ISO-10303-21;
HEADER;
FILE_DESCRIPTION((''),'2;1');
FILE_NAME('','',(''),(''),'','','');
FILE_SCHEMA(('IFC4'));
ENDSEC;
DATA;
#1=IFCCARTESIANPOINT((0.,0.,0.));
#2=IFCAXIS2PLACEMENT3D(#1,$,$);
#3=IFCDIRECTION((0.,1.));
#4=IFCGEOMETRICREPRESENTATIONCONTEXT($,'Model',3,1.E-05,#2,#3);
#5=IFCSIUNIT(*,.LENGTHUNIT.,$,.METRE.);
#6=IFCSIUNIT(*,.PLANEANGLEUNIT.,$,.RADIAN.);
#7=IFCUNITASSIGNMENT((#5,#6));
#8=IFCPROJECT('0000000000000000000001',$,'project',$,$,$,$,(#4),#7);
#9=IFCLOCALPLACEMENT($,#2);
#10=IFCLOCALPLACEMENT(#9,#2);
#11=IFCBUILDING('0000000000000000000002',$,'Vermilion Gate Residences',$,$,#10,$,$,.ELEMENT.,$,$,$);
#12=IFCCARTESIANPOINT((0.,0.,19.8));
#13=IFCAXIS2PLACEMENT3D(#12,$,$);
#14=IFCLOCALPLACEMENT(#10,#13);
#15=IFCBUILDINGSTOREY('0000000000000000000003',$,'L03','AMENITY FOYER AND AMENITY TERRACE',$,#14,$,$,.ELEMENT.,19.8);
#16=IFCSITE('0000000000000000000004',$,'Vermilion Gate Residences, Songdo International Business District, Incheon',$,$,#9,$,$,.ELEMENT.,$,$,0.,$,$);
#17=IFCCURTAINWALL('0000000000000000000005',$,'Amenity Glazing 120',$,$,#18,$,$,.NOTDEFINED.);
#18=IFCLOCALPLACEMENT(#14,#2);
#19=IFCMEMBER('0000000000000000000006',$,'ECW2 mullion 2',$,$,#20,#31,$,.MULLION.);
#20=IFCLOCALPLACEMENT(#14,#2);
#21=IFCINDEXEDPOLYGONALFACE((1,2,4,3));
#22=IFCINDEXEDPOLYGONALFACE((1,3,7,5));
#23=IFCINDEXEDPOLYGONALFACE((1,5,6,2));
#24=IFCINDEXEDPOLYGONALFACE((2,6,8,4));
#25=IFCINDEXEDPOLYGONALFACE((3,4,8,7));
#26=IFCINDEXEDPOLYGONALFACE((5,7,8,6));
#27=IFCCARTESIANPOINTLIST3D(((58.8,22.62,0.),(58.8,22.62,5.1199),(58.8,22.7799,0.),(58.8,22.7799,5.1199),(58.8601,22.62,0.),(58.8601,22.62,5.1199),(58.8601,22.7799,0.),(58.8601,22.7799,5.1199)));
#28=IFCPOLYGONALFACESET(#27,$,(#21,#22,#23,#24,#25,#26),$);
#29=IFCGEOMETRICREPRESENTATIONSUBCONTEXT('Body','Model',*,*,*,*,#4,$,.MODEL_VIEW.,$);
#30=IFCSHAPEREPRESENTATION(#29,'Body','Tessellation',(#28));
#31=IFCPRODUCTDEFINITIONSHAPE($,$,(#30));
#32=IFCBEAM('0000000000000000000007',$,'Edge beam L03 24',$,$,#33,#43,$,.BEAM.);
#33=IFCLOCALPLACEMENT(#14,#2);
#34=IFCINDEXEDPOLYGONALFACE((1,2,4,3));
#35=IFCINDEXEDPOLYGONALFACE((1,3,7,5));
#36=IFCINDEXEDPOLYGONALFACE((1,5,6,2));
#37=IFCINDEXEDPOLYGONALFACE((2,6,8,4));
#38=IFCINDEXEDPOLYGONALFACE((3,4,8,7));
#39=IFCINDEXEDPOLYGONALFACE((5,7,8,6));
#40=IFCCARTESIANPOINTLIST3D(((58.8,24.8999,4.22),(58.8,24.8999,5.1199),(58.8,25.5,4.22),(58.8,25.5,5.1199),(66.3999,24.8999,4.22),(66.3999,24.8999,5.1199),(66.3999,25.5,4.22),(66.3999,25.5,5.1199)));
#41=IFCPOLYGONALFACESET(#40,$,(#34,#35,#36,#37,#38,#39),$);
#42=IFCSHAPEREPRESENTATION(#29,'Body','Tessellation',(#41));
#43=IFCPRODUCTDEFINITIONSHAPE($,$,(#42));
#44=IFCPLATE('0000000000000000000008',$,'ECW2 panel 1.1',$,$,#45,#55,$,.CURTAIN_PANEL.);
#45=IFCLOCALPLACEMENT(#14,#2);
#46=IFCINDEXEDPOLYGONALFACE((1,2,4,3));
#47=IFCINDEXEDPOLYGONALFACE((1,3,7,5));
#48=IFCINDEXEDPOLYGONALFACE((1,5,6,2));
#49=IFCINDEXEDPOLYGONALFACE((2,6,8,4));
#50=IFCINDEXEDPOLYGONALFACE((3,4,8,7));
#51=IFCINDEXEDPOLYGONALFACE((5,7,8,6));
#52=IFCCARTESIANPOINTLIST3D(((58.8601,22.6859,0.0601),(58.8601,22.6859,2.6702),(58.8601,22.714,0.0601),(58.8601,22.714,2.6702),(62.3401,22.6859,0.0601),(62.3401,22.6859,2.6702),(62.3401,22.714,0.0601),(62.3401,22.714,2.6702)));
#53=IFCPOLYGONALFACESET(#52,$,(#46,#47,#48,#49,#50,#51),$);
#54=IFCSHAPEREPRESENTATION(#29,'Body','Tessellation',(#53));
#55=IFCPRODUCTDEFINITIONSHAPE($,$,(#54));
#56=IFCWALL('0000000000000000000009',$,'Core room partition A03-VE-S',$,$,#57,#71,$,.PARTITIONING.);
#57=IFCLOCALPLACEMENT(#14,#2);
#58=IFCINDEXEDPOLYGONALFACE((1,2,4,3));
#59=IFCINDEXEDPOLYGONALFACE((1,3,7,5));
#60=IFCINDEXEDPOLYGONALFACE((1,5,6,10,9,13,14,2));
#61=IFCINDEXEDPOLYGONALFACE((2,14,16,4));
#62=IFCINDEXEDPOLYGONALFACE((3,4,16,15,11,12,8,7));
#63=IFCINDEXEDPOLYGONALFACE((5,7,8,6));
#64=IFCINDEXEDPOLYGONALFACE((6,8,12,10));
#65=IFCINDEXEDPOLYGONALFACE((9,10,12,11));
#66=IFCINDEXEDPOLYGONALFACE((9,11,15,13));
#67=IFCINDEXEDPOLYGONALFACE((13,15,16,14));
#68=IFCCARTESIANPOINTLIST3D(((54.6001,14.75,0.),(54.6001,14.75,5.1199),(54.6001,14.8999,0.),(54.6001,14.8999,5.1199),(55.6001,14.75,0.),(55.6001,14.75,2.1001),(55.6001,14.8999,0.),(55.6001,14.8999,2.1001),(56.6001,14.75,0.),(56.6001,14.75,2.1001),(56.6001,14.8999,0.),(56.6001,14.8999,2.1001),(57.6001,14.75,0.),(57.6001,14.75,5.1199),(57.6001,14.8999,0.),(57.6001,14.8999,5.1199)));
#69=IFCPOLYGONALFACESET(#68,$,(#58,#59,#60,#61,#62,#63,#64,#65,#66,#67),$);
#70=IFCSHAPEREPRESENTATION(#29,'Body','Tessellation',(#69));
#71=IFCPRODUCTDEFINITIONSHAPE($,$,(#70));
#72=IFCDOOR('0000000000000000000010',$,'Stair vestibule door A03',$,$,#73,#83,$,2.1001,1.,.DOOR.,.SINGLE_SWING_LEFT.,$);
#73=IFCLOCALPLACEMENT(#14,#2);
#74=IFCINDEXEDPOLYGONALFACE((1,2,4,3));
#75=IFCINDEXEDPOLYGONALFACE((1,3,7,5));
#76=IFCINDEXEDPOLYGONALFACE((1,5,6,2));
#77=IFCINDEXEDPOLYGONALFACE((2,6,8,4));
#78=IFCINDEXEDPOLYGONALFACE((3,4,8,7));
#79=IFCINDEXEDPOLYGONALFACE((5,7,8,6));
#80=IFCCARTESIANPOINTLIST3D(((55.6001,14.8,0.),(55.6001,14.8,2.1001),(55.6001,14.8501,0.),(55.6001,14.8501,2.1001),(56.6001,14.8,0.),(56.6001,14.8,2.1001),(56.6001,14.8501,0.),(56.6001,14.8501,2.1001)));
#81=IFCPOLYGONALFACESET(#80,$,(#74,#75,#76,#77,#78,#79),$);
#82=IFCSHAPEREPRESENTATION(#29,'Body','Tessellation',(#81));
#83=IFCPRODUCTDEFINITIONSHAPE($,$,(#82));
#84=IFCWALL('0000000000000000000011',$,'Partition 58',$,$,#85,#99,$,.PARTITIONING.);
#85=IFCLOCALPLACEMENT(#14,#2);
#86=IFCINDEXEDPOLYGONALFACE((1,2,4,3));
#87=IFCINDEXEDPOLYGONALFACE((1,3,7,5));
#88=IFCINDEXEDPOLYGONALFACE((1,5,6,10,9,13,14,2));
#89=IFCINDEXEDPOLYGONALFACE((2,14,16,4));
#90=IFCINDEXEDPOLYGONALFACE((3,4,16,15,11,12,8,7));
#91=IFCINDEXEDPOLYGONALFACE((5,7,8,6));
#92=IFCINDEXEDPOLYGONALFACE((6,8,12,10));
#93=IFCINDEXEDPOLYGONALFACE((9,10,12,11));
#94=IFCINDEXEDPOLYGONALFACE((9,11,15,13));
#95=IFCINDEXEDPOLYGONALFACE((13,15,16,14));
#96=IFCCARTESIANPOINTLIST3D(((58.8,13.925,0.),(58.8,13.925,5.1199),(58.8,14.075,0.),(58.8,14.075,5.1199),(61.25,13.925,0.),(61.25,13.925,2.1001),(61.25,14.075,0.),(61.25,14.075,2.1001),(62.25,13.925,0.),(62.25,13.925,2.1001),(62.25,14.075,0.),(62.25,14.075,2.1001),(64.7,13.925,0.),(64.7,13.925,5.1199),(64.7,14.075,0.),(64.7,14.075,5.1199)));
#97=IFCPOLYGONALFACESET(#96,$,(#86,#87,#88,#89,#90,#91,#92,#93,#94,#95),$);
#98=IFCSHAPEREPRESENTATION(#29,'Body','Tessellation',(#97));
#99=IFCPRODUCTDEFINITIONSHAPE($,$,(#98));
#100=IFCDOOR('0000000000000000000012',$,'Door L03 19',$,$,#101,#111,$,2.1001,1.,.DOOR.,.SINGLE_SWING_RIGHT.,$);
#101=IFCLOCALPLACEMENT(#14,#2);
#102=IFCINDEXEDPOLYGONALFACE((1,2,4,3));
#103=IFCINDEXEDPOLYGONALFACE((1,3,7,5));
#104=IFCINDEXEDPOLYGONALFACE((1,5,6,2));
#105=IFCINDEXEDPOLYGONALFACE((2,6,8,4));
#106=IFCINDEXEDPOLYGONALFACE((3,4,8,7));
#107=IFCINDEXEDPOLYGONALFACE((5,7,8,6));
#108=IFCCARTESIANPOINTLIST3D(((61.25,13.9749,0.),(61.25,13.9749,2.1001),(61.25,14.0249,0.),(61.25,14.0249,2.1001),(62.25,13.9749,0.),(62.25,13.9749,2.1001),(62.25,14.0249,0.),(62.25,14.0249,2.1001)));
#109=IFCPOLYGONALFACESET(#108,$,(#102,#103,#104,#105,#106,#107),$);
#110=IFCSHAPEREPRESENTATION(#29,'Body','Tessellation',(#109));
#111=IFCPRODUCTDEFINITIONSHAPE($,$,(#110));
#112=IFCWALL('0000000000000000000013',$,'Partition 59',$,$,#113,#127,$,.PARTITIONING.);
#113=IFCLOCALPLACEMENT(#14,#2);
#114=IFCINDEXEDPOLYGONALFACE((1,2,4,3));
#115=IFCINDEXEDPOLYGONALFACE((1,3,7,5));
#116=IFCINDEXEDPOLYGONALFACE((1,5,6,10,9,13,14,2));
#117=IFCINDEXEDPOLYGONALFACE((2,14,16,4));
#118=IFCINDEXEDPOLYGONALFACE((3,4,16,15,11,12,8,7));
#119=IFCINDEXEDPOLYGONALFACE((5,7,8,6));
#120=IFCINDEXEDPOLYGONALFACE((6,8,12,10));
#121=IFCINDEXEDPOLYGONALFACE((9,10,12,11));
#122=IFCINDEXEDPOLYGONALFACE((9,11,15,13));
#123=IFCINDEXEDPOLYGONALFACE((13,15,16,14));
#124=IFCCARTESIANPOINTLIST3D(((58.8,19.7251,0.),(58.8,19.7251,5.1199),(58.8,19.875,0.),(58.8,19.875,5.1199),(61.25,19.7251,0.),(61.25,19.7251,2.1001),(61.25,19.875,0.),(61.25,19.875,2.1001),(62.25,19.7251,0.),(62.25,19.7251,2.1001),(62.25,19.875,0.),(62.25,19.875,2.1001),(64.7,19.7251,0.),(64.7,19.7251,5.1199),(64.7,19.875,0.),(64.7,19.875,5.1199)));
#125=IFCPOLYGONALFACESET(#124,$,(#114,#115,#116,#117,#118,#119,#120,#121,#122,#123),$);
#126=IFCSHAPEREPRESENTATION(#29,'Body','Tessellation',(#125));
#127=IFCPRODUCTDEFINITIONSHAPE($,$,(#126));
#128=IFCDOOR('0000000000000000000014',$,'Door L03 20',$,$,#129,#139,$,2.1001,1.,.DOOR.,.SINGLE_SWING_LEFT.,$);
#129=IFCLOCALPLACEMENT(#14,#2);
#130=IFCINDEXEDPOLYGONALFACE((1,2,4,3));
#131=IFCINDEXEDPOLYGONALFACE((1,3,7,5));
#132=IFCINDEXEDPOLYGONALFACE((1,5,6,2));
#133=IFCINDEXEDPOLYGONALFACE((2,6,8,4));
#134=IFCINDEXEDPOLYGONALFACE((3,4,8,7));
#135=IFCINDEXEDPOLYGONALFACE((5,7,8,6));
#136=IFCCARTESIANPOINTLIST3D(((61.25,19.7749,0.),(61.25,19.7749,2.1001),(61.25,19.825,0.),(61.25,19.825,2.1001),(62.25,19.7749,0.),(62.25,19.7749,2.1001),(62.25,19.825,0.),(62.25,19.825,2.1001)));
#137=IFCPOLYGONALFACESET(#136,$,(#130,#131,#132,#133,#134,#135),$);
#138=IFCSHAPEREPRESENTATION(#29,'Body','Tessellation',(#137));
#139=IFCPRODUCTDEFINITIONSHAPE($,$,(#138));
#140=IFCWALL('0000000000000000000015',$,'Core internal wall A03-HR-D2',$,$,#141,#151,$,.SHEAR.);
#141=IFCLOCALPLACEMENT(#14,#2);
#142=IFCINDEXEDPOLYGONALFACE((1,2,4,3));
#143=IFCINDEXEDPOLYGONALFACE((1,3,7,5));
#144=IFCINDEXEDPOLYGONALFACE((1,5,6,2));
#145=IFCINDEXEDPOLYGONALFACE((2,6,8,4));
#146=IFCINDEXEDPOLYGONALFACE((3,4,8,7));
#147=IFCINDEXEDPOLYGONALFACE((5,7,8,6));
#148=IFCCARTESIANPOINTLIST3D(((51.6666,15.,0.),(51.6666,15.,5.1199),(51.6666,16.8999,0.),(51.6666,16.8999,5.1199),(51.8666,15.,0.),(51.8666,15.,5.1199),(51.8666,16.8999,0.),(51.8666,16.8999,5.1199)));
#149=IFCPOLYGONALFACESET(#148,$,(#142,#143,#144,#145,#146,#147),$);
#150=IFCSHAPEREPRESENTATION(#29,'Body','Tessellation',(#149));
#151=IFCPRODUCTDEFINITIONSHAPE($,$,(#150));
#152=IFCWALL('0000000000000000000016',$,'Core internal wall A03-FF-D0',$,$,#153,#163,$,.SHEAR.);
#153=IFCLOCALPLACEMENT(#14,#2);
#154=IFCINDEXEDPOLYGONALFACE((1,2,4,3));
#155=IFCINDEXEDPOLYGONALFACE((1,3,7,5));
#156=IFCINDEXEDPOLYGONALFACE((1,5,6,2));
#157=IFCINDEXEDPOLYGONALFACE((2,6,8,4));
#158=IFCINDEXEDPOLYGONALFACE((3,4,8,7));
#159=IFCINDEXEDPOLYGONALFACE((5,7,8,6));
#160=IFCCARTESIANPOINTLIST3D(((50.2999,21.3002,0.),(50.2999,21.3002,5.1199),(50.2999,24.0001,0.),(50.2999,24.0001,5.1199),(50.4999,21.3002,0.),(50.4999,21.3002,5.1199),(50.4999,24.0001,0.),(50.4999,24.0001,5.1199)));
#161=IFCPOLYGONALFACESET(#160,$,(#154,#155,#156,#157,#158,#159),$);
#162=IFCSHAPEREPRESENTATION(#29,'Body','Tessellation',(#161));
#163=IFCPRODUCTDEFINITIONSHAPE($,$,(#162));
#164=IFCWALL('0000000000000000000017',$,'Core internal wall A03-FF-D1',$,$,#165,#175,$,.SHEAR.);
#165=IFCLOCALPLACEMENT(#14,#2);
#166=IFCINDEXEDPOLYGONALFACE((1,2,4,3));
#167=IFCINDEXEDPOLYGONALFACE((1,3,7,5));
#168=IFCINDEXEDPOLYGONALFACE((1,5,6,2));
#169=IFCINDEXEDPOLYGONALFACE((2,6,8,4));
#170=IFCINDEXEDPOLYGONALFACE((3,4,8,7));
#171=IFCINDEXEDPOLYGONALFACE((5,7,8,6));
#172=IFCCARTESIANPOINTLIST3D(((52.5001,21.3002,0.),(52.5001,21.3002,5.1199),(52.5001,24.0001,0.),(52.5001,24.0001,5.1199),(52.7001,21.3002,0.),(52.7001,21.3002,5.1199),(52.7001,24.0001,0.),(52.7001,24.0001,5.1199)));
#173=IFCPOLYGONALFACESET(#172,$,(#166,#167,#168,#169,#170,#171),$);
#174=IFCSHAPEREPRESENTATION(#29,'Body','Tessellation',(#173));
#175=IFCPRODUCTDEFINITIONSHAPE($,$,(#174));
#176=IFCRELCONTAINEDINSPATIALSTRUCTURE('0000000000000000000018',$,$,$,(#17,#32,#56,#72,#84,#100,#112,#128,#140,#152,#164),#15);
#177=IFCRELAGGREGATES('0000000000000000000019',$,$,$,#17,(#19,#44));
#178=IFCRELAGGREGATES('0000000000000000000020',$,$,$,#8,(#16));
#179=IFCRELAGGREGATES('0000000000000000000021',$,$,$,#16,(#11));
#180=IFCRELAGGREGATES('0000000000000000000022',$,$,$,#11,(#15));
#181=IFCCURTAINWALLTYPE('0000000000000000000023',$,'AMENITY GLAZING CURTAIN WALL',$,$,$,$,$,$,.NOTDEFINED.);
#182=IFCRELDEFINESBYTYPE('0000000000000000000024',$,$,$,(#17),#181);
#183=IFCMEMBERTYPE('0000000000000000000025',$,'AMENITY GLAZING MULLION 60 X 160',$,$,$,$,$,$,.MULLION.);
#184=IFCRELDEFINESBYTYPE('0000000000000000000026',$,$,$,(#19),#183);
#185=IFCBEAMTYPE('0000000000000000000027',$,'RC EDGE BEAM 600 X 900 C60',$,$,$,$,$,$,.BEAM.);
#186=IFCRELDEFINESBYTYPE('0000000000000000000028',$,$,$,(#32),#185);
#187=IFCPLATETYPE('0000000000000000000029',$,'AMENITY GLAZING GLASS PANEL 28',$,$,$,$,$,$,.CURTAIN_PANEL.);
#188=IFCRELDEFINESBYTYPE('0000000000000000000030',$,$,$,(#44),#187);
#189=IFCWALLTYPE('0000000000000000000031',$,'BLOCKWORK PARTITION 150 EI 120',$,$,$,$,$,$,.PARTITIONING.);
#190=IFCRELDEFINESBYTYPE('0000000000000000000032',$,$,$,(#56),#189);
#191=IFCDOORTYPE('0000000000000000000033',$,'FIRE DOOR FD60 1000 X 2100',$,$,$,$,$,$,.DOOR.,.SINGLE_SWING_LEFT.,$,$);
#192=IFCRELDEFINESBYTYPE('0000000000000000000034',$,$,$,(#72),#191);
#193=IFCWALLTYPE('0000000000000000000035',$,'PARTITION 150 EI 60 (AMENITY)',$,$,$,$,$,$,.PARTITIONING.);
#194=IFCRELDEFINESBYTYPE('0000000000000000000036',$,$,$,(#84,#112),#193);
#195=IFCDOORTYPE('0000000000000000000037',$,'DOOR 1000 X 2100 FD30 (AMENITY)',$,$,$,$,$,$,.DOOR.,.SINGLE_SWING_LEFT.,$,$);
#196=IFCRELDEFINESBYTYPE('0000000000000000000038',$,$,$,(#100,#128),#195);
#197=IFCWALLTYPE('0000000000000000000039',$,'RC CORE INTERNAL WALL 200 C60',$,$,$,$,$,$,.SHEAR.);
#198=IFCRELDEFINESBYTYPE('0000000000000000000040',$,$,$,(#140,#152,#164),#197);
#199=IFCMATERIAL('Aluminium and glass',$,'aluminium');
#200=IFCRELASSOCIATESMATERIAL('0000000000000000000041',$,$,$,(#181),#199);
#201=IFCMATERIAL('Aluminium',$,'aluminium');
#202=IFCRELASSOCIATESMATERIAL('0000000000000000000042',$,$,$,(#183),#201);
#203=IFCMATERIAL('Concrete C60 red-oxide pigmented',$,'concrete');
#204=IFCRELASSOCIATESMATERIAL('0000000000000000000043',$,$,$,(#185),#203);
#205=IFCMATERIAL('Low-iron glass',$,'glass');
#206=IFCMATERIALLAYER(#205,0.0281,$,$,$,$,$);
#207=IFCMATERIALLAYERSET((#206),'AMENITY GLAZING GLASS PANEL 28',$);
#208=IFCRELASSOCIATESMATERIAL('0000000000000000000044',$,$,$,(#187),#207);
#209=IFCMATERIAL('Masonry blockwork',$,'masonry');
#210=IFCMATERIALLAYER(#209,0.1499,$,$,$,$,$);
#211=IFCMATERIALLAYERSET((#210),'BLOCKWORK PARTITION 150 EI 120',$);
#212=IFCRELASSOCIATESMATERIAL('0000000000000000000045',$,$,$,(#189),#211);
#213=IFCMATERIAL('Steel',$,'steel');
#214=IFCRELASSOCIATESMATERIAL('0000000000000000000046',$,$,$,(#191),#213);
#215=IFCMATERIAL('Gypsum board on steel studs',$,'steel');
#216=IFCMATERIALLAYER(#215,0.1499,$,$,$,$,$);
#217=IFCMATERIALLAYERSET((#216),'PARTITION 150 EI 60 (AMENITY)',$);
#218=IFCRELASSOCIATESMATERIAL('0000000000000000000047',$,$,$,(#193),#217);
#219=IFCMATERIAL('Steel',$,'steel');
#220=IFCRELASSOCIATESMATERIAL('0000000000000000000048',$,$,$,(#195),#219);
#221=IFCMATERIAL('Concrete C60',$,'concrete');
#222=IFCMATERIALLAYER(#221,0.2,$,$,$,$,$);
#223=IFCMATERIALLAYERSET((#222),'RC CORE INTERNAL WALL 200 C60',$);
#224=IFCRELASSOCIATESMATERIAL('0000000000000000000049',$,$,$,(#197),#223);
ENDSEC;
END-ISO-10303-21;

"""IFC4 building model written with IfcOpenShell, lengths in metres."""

from ifc_helpers import new_model, si_unit, direction, frame, frame_2d, origin, origin_2d, place, context, subcontext, project, spatial, rectangle, extrude, material, layer, layer_set, material_profile, profile_set, type_object, element, fill, aggregate, save


model = new_model("IFC4")

# Units and contexts
model_context = context("Model", 3, precision=1e-05, world=origin(), true_north=direction((0.0, 1.0)))
body_context = subcontext(model_context, "Body", "Model", "MODEL_VIEW")
ifc_project = project(units=[si_unit("LENGTHUNIT", "METRE"), si_unit("PLANEANGLEUNIT", "RADIAN")], contexts=[model_context])

# Site, building, storey
site_placement = place(None, origin())
site = spatial("IfcSite", under=ifc_project, at=site_placement, Name="Vermilion Gate Residences, Songdo International Business District, Incheon", CompositionType="ELEMENT", RefElevation=0.0)
building_placement = place(site_placement, origin())
building = spatial("IfcBuilding", under=site, at=building_placement, Name="Vermilion Gate Residences", CompositionType="ELEMENT")
storey_placement = place(building_placement, frame((0.0, 0.0, 19.8)))
storey = spatial("IfcBuildingStorey", under=building, at=storey_placement, Name="L03", Description="AMENITY FOYER AND AMENITY TERRACE", CompositionType="ELEMENT", Elevation=19.8)

# Curtain wall, member
ifc_material_1 = material(Name="Aluminium and glass", Category="aluminium")
curtain_wall_type = type_object("IfcCurtainWallType", Name="AMENITY GLAZING CURTAIN WALL", PredefinedType="NOTDEFINED", material=ifc_material_1)
curtain_wall_placement = place(storey_placement, origin())
curtain_wall = element("IfcCurtainWall", 1, at=curtain_wall_placement, inside=storey, type_object=curtain_wall_type, Name="Amenity Glazing 120", PredefinedType="NOTDEFINED")
ifc_material_2 = material(Name="Aluminium", Category="aluminium")
ifc_material_profile_1 = material_profile(ifc_material_2, rectangle(XDim=0.1599, YDim=0.0601, at=origin_2d()), Name="MULLION 60 X 160")
ifc_profile_set_1 = profile_set([ifc_material_profile_1], Name="Aluminium")
member_type = type_object("IfcMemberType", Name="AMENITY GLAZING MULLION 60 X 160", PredefinedType="MULLION", material=ifc_profile_set_1)
member_placement = place(storey_placement, frame((58.8301, 22.7, 0.0), z_axis=(0.0, 0.0, 1.0), x_axis=(0.0, -1.0, 0.0)))
member = element("IfcMember", 2, at=member_placement, type_object=member_type, Name="ECW2 mullion 2", PredefinedType="MULLION", context=body_context, shape_type="SweptSolid", body=[
    extrude(rectangle(XDim=0.1599, YDim=0.0601, at=origin_2d()), origin(), (0.0, 0.0, 1.0), 5.1199),
])

# Beam
ifc_material_3 = material(Name="Concrete C60 red-oxide pigmented", Category="concrete")
ifc_material_profile_2 = material_profile(ifc_material_3, rectangle(XDim=0.6001, YDim=0.8999, at=origin_2d()), Name="RC-600x900")
ifc_profile_set_2 = profile_set([ifc_material_profile_2], Name="Concrete C60 red-oxide pigmented")
beam_type = type_object("IfcBeamType", Name="RC EDGE BEAM 600 X 900 C60", PredefinedType="BEAM", material=ifc_profile_set_2)
beam_placement = place(storey_placement, frame((58.8, 25.2, 4.6699), z_axis=(1.0, 0.0, 0.0), x_axis=(0.0, 1.0, 0.0)))
element("IfcBeam", 3, at=beam_placement, inside=storey, type_object=beam_type, Name="Edge beam L03 24", PredefinedType="BEAM", context=body_context, shape_type="SweptSolid", body=[
    extrude(rectangle(XDim=0.6001, YDim=0.8999, at=origin_2d()), origin(), (0.0, 0.0, 1.0), 7.5999),
])

# Plate
ifc_material_4 = material(Name="Low-iron glass", Category="glass")
ifc_layer_1 = layer(ifc_material_4, 0.0281)
ifc_layer_set_1 = layer_set([ifc_layer_1], Name="AMENITY GLAZING GLASS PANEL 28")
plate_type = type_object("IfcPlateType", Name="AMENITY GLAZING GLASS PANEL 28", PredefinedType="CURTAIN_PANEL", material=ifc_layer_set_1)
plate_placement = place(storey_placement, frame((60.6001, 22.7, 0.0601), z_axis=(0.0, 0.0, 1.0), x_axis=(-1.0, 0.0, 0.0)))
plate = element("IfcPlate", 4, at=plate_placement, type_object=plate_type, Name="ECW2 panel 1.1", PredefinedType="CURTAIN_PANEL", context=body_context, shape_type="SweptSolid", body=[
    extrude(rectangle(XDim=3.48, YDim=0.0281, at=origin_2d()), origin(), (0.0, 0.0, 1.0), 2.6101),
])
aggregate(curtain_wall, [member, plate])

# Walls, openings, doors
ifc_material_5 = material(Name="Masonry blockwork", Category="masonry")
ifc_layer_2 = layer(ifc_material_5, 0.1499)
ifc_layer_set_2 = layer_set([ifc_layer_2], Name="BLOCKWORK PARTITION 150 EI 120")
wall_type_1 = type_object("IfcWallType", Name="BLOCKWORK PARTITION 150 EI 120", PredefinedType="PARTITIONING", material=ifc_layer_set_2)
wall_1_placement = place(storey_placement, frame((54.6001, 14.825, 0.0), z_axis=(0.0, 0.0, 1.0), x_axis=(1.0, 0.0, 0.0)))
wall_1 = element("IfcWall", 5, at=wall_1_placement, inside=storey, type_object=wall_type_1, Name="Core room partition A03-VE-S", PredefinedType="PARTITIONING", context=body_context, shape_type="SweptSolid", body=[
    extrude(rectangle(XDim=3.0, YDim=0.1499, at=frame_2d((1.5, 0.0))), origin(), (0.0, 0.0, 1.0), 5.1199),
])
opening_1_placement = place(wall_1_placement, frame((1.0, 0.0, 0.0)))
opening_1 = element("IfcOpeningElement", 6, at=opening_1_placement, cuts=wall_1, PredefinedType="OPENING", context=body_context, shape_type="SweptSolid", body=[
    extrude(rectangle(XDim=1.0, YDim=2.1001, at=frame_2d((0.5, 1.05))), frame((0.0, 0.085, 0.0), z_axis=(0.0, -1.0, 0.0), x_axis=(1.0, 0.0, 0.0)), (0.0, 0.0, 1.0), 0.1699),
])
ifc_material_6 = material(Name="Steel", Category="steel")
door_type_1 = type_object("IfcDoorType", Name="FIRE DOOR FD60 1000 X 2100", OperationType="SINGLE_SWING_LEFT", PredefinedType="DOOR", material=ifc_material_6)
door_1_placement = place(opening_1_placement, frame((1.0, 0.0, 0.0), z_axis=(0.0, 0.0, 1.0), x_axis=(-1.0, 0.0, 0.0)))
door_1 = element("IfcDoor", 7, at=door_1_placement, inside=storey, type_object=door_type_1, Name="Stair vestibule door A03", OperationType="SINGLE_SWING_LEFT", OverallHeight=2.1001, OverallWidth=1.0, PredefinedType="DOOR", context=body_context, shape_type="SweptSolid", body=[
    extrude(rectangle(XDim=1.0, YDim=2.1001, at=frame_2d((0.5, 1.05))), frame((0.0, 0.0249, 0.0), z_axis=(0.0, -1.0, 0.0), x_axis=(1.0, 0.0, 0.0)), (0.0, 0.0, 1.0), 0.05),
])
fill(opening_1, door_1)
ifc_material_7 = material(Name="Gypsum board on steel studs", Category="steel")
ifc_layer_3 = layer(ifc_material_7, 0.1499)
ifc_layer_set_3 = layer_set([ifc_layer_3], Name="PARTITION 150 EI 60 (AMENITY)")
wall_type_2 = type_object("IfcWallType", Name="PARTITION 150 EI 60 (AMENITY)", PredefinedType="PARTITIONING", material=ifc_layer_set_3)
wall_2_placement = place(storey_placement, frame((58.8, 14.0, 0.0), z_axis=(0.0, 0.0, 1.0), x_axis=(1.0, 0.0, 0.0)))
wall_2 = element("IfcWall", 8, at=wall_2_placement, inside=storey, type_object=wall_type_2, Name="Partition 58", PredefinedType="PARTITIONING", context=body_context, shape_type="SweptSolid", body=[
    extrude(rectangle(XDim=5.8999, YDim=0.1499, at=frame_2d((2.95, 0.0))), origin(), (0.0, 0.0, 1.0), 5.1199),
])
opening_2_placement = place(wall_2_placement, frame((2.45, 0.0, 0.0)))
opening_2 = element("IfcOpeningElement", 9, at=opening_2_placement, cuts=wall_2, PredefinedType="OPENING", context=body_context, shape_type="SweptSolid", body=[
    extrude(rectangle(XDim=1.0, YDim=2.1001, at=frame_2d((0.5, 1.05))), frame((0.0, 0.085, 0.0), z_axis=(0.0, -1.0, 0.0), x_axis=(1.0, 0.0, 0.0)), (0.0, 0.0, 1.0), 0.1699),
])
ifc_material_8 = material(Name="Steel", Category="steel")
door_type_2 = type_object("IfcDoorType", Name="DOOR 1000 X 2100 FD30 (AMENITY)", OperationType="SINGLE_SWING_LEFT", PredefinedType="DOOR", material=ifc_material_8)
door_2_placement = place(opening_2_placement, origin())
door_2 = element("IfcDoor", 10, at=door_2_placement, inside=storey, type_object=door_type_2, Name="Door L03 19", OperationType="SINGLE_SWING_RIGHT", OverallHeight=2.1001, OverallWidth=1.0, PredefinedType="DOOR", context=body_context, shape_type="SweptSolid", body=[
    extrude(rectangle(XDim=1.0, YDim=2.1001, at=frame_2d((0.5, 1.05))), frame((0.0, 0.0249, 0.0), z_axis=(0.0, -1.0, 0.0), x_axis=(1.0, 0.0, 0.0)), (0.0, 0.0, 1.0), 0.05),
])
fill(opening_2, door_2)
wall_3_placement = place(storey_placement, frame((58.8, 19.8, 0.0), z_axis=(0.0, 0.0, 1.0), x_axis=(1.0, 0.0, 0.0)))
wall_3 = element("IfcWall", 11, at=wall_3_placement, inside=storey, type_object=wall_type_2, Name="Partition 59", PredefinedType="PARTITIONING", context=body_context, shape_type="SweptSolid", body=[
    extrude(rectangle(XDim=5.8999, YDim=0.1499, at=frame_2d((2.95, 0.0))), origin(), (0.0, 0.0, 1.0), 5.1199),
])
opening_3_placement = place(wall_3_placement, frame((2.45, 0.0, 0.0)))
opening_3 = element("IfcOpeningElement", 12, at=opening_3_placement, cuts=wall_3, PredefinedType="OPENING", context=body_context, shape_type="SweptSolid", body=[
    extrude(rectangle(XDim=1.0, YDim=2.1001, at=frame_2d((0.5, 1.05))), frame((0.0, 0.085, 0.0), z_axis=(0.0, -1.0, 0.0), x_axis=(1.0, 0.0, 0.0)), (0.0, 0.0, 1.0), 0.1699),
])
door_3_placement = place(opening_3_placement, origin())
door_3 = element("IfcDoor", 13, at=door_3_placement, inside=storey, type_object=door_type_2, Name="Door L03 20", OperationType="SINGLE_SWING_LEFT", OverallHeight=2.1001, OverallWidth=1.0, PredefinedType="DOOR", context=body_context, shape_type="SweptSolid", body=[
    extrude(rectangle(XDim=1.0, YDim=2.1001, at=frame_2d((0.5, 1.05))), frame((0.0, 0.0249, 0.0), z_axis=(0.0, -1.0, 0.0), x_axis=(1.0, 0.0, 0.0)), (0.0, 0.0, 1.0), 0.05),
])
fill(opening_3, door_3)

# Walls
ifc_material_9 = material(Name="Concrete C60", Category="concrete")
ifc_layer_4 = layer(ifc_material_9, 0.2)
ifc_layer_set_4 = layer_set([ifc_layer_4], Name="RC CORE INTERNAL WALL 200 C60")
wall_type_3 = type_object("IfcWallType", Name="RC CORE INTERNAL WALL 200 C60", PredefinedType="SHEAR", material=ifc_layer_set_4)
wall_4_placement = place(storey_placement, frame((51.7666, 15.0, 0.0), z_axis=(0.0, 0.0, 1.0), x_axis=(0.0, 1.0, 0.0)))
element("IfcWall", 14, at=wall_4_placement, inside=storey, type_object=wall_type_3, Name="Core internal wall A03-HR-D2", PredefinedType="SHEAR", context=body_context, shape_type="SweptSolid", body=[
    extrude(rectangle(XDim=1.8999, YDim=0.2, at=frame_2d((0.95, 0.0))), origin(), (0.0, 0.0, 1.0), 5.1199),
])
for number, where, z_axis, x_axis, name in (
    (15, (50.3999, 21.3, 0.0), (0.0, 0.0, 1.0), (0.0, 1.0, 0.0), "Core internal wall A03-FF-D0"),
    (16, (52.6001, 21.3, 0.0), (0.0, 0.0, 1.0), (0.0, 1.0, 0.0), "Core internal wall A03-FF-D1"),
):
    element("IfcWall", number, at=place(storey_placement, frame(where, z_axis=z_axis, x_axis=x_axis)), inside=storey, type_object=wall_type_3, Name=name, PredefinedType="SHEAR", context=body_context, shape_type="SweptSolid", body=[
        extrude(rectangle(XDim=2.7, YDim=0.2, at=frame_2d((1.3501, 0.0))), origin(), (0.0, 0.0, 1.0), 5.1199),
    ])

save(model, "model.ifc")
